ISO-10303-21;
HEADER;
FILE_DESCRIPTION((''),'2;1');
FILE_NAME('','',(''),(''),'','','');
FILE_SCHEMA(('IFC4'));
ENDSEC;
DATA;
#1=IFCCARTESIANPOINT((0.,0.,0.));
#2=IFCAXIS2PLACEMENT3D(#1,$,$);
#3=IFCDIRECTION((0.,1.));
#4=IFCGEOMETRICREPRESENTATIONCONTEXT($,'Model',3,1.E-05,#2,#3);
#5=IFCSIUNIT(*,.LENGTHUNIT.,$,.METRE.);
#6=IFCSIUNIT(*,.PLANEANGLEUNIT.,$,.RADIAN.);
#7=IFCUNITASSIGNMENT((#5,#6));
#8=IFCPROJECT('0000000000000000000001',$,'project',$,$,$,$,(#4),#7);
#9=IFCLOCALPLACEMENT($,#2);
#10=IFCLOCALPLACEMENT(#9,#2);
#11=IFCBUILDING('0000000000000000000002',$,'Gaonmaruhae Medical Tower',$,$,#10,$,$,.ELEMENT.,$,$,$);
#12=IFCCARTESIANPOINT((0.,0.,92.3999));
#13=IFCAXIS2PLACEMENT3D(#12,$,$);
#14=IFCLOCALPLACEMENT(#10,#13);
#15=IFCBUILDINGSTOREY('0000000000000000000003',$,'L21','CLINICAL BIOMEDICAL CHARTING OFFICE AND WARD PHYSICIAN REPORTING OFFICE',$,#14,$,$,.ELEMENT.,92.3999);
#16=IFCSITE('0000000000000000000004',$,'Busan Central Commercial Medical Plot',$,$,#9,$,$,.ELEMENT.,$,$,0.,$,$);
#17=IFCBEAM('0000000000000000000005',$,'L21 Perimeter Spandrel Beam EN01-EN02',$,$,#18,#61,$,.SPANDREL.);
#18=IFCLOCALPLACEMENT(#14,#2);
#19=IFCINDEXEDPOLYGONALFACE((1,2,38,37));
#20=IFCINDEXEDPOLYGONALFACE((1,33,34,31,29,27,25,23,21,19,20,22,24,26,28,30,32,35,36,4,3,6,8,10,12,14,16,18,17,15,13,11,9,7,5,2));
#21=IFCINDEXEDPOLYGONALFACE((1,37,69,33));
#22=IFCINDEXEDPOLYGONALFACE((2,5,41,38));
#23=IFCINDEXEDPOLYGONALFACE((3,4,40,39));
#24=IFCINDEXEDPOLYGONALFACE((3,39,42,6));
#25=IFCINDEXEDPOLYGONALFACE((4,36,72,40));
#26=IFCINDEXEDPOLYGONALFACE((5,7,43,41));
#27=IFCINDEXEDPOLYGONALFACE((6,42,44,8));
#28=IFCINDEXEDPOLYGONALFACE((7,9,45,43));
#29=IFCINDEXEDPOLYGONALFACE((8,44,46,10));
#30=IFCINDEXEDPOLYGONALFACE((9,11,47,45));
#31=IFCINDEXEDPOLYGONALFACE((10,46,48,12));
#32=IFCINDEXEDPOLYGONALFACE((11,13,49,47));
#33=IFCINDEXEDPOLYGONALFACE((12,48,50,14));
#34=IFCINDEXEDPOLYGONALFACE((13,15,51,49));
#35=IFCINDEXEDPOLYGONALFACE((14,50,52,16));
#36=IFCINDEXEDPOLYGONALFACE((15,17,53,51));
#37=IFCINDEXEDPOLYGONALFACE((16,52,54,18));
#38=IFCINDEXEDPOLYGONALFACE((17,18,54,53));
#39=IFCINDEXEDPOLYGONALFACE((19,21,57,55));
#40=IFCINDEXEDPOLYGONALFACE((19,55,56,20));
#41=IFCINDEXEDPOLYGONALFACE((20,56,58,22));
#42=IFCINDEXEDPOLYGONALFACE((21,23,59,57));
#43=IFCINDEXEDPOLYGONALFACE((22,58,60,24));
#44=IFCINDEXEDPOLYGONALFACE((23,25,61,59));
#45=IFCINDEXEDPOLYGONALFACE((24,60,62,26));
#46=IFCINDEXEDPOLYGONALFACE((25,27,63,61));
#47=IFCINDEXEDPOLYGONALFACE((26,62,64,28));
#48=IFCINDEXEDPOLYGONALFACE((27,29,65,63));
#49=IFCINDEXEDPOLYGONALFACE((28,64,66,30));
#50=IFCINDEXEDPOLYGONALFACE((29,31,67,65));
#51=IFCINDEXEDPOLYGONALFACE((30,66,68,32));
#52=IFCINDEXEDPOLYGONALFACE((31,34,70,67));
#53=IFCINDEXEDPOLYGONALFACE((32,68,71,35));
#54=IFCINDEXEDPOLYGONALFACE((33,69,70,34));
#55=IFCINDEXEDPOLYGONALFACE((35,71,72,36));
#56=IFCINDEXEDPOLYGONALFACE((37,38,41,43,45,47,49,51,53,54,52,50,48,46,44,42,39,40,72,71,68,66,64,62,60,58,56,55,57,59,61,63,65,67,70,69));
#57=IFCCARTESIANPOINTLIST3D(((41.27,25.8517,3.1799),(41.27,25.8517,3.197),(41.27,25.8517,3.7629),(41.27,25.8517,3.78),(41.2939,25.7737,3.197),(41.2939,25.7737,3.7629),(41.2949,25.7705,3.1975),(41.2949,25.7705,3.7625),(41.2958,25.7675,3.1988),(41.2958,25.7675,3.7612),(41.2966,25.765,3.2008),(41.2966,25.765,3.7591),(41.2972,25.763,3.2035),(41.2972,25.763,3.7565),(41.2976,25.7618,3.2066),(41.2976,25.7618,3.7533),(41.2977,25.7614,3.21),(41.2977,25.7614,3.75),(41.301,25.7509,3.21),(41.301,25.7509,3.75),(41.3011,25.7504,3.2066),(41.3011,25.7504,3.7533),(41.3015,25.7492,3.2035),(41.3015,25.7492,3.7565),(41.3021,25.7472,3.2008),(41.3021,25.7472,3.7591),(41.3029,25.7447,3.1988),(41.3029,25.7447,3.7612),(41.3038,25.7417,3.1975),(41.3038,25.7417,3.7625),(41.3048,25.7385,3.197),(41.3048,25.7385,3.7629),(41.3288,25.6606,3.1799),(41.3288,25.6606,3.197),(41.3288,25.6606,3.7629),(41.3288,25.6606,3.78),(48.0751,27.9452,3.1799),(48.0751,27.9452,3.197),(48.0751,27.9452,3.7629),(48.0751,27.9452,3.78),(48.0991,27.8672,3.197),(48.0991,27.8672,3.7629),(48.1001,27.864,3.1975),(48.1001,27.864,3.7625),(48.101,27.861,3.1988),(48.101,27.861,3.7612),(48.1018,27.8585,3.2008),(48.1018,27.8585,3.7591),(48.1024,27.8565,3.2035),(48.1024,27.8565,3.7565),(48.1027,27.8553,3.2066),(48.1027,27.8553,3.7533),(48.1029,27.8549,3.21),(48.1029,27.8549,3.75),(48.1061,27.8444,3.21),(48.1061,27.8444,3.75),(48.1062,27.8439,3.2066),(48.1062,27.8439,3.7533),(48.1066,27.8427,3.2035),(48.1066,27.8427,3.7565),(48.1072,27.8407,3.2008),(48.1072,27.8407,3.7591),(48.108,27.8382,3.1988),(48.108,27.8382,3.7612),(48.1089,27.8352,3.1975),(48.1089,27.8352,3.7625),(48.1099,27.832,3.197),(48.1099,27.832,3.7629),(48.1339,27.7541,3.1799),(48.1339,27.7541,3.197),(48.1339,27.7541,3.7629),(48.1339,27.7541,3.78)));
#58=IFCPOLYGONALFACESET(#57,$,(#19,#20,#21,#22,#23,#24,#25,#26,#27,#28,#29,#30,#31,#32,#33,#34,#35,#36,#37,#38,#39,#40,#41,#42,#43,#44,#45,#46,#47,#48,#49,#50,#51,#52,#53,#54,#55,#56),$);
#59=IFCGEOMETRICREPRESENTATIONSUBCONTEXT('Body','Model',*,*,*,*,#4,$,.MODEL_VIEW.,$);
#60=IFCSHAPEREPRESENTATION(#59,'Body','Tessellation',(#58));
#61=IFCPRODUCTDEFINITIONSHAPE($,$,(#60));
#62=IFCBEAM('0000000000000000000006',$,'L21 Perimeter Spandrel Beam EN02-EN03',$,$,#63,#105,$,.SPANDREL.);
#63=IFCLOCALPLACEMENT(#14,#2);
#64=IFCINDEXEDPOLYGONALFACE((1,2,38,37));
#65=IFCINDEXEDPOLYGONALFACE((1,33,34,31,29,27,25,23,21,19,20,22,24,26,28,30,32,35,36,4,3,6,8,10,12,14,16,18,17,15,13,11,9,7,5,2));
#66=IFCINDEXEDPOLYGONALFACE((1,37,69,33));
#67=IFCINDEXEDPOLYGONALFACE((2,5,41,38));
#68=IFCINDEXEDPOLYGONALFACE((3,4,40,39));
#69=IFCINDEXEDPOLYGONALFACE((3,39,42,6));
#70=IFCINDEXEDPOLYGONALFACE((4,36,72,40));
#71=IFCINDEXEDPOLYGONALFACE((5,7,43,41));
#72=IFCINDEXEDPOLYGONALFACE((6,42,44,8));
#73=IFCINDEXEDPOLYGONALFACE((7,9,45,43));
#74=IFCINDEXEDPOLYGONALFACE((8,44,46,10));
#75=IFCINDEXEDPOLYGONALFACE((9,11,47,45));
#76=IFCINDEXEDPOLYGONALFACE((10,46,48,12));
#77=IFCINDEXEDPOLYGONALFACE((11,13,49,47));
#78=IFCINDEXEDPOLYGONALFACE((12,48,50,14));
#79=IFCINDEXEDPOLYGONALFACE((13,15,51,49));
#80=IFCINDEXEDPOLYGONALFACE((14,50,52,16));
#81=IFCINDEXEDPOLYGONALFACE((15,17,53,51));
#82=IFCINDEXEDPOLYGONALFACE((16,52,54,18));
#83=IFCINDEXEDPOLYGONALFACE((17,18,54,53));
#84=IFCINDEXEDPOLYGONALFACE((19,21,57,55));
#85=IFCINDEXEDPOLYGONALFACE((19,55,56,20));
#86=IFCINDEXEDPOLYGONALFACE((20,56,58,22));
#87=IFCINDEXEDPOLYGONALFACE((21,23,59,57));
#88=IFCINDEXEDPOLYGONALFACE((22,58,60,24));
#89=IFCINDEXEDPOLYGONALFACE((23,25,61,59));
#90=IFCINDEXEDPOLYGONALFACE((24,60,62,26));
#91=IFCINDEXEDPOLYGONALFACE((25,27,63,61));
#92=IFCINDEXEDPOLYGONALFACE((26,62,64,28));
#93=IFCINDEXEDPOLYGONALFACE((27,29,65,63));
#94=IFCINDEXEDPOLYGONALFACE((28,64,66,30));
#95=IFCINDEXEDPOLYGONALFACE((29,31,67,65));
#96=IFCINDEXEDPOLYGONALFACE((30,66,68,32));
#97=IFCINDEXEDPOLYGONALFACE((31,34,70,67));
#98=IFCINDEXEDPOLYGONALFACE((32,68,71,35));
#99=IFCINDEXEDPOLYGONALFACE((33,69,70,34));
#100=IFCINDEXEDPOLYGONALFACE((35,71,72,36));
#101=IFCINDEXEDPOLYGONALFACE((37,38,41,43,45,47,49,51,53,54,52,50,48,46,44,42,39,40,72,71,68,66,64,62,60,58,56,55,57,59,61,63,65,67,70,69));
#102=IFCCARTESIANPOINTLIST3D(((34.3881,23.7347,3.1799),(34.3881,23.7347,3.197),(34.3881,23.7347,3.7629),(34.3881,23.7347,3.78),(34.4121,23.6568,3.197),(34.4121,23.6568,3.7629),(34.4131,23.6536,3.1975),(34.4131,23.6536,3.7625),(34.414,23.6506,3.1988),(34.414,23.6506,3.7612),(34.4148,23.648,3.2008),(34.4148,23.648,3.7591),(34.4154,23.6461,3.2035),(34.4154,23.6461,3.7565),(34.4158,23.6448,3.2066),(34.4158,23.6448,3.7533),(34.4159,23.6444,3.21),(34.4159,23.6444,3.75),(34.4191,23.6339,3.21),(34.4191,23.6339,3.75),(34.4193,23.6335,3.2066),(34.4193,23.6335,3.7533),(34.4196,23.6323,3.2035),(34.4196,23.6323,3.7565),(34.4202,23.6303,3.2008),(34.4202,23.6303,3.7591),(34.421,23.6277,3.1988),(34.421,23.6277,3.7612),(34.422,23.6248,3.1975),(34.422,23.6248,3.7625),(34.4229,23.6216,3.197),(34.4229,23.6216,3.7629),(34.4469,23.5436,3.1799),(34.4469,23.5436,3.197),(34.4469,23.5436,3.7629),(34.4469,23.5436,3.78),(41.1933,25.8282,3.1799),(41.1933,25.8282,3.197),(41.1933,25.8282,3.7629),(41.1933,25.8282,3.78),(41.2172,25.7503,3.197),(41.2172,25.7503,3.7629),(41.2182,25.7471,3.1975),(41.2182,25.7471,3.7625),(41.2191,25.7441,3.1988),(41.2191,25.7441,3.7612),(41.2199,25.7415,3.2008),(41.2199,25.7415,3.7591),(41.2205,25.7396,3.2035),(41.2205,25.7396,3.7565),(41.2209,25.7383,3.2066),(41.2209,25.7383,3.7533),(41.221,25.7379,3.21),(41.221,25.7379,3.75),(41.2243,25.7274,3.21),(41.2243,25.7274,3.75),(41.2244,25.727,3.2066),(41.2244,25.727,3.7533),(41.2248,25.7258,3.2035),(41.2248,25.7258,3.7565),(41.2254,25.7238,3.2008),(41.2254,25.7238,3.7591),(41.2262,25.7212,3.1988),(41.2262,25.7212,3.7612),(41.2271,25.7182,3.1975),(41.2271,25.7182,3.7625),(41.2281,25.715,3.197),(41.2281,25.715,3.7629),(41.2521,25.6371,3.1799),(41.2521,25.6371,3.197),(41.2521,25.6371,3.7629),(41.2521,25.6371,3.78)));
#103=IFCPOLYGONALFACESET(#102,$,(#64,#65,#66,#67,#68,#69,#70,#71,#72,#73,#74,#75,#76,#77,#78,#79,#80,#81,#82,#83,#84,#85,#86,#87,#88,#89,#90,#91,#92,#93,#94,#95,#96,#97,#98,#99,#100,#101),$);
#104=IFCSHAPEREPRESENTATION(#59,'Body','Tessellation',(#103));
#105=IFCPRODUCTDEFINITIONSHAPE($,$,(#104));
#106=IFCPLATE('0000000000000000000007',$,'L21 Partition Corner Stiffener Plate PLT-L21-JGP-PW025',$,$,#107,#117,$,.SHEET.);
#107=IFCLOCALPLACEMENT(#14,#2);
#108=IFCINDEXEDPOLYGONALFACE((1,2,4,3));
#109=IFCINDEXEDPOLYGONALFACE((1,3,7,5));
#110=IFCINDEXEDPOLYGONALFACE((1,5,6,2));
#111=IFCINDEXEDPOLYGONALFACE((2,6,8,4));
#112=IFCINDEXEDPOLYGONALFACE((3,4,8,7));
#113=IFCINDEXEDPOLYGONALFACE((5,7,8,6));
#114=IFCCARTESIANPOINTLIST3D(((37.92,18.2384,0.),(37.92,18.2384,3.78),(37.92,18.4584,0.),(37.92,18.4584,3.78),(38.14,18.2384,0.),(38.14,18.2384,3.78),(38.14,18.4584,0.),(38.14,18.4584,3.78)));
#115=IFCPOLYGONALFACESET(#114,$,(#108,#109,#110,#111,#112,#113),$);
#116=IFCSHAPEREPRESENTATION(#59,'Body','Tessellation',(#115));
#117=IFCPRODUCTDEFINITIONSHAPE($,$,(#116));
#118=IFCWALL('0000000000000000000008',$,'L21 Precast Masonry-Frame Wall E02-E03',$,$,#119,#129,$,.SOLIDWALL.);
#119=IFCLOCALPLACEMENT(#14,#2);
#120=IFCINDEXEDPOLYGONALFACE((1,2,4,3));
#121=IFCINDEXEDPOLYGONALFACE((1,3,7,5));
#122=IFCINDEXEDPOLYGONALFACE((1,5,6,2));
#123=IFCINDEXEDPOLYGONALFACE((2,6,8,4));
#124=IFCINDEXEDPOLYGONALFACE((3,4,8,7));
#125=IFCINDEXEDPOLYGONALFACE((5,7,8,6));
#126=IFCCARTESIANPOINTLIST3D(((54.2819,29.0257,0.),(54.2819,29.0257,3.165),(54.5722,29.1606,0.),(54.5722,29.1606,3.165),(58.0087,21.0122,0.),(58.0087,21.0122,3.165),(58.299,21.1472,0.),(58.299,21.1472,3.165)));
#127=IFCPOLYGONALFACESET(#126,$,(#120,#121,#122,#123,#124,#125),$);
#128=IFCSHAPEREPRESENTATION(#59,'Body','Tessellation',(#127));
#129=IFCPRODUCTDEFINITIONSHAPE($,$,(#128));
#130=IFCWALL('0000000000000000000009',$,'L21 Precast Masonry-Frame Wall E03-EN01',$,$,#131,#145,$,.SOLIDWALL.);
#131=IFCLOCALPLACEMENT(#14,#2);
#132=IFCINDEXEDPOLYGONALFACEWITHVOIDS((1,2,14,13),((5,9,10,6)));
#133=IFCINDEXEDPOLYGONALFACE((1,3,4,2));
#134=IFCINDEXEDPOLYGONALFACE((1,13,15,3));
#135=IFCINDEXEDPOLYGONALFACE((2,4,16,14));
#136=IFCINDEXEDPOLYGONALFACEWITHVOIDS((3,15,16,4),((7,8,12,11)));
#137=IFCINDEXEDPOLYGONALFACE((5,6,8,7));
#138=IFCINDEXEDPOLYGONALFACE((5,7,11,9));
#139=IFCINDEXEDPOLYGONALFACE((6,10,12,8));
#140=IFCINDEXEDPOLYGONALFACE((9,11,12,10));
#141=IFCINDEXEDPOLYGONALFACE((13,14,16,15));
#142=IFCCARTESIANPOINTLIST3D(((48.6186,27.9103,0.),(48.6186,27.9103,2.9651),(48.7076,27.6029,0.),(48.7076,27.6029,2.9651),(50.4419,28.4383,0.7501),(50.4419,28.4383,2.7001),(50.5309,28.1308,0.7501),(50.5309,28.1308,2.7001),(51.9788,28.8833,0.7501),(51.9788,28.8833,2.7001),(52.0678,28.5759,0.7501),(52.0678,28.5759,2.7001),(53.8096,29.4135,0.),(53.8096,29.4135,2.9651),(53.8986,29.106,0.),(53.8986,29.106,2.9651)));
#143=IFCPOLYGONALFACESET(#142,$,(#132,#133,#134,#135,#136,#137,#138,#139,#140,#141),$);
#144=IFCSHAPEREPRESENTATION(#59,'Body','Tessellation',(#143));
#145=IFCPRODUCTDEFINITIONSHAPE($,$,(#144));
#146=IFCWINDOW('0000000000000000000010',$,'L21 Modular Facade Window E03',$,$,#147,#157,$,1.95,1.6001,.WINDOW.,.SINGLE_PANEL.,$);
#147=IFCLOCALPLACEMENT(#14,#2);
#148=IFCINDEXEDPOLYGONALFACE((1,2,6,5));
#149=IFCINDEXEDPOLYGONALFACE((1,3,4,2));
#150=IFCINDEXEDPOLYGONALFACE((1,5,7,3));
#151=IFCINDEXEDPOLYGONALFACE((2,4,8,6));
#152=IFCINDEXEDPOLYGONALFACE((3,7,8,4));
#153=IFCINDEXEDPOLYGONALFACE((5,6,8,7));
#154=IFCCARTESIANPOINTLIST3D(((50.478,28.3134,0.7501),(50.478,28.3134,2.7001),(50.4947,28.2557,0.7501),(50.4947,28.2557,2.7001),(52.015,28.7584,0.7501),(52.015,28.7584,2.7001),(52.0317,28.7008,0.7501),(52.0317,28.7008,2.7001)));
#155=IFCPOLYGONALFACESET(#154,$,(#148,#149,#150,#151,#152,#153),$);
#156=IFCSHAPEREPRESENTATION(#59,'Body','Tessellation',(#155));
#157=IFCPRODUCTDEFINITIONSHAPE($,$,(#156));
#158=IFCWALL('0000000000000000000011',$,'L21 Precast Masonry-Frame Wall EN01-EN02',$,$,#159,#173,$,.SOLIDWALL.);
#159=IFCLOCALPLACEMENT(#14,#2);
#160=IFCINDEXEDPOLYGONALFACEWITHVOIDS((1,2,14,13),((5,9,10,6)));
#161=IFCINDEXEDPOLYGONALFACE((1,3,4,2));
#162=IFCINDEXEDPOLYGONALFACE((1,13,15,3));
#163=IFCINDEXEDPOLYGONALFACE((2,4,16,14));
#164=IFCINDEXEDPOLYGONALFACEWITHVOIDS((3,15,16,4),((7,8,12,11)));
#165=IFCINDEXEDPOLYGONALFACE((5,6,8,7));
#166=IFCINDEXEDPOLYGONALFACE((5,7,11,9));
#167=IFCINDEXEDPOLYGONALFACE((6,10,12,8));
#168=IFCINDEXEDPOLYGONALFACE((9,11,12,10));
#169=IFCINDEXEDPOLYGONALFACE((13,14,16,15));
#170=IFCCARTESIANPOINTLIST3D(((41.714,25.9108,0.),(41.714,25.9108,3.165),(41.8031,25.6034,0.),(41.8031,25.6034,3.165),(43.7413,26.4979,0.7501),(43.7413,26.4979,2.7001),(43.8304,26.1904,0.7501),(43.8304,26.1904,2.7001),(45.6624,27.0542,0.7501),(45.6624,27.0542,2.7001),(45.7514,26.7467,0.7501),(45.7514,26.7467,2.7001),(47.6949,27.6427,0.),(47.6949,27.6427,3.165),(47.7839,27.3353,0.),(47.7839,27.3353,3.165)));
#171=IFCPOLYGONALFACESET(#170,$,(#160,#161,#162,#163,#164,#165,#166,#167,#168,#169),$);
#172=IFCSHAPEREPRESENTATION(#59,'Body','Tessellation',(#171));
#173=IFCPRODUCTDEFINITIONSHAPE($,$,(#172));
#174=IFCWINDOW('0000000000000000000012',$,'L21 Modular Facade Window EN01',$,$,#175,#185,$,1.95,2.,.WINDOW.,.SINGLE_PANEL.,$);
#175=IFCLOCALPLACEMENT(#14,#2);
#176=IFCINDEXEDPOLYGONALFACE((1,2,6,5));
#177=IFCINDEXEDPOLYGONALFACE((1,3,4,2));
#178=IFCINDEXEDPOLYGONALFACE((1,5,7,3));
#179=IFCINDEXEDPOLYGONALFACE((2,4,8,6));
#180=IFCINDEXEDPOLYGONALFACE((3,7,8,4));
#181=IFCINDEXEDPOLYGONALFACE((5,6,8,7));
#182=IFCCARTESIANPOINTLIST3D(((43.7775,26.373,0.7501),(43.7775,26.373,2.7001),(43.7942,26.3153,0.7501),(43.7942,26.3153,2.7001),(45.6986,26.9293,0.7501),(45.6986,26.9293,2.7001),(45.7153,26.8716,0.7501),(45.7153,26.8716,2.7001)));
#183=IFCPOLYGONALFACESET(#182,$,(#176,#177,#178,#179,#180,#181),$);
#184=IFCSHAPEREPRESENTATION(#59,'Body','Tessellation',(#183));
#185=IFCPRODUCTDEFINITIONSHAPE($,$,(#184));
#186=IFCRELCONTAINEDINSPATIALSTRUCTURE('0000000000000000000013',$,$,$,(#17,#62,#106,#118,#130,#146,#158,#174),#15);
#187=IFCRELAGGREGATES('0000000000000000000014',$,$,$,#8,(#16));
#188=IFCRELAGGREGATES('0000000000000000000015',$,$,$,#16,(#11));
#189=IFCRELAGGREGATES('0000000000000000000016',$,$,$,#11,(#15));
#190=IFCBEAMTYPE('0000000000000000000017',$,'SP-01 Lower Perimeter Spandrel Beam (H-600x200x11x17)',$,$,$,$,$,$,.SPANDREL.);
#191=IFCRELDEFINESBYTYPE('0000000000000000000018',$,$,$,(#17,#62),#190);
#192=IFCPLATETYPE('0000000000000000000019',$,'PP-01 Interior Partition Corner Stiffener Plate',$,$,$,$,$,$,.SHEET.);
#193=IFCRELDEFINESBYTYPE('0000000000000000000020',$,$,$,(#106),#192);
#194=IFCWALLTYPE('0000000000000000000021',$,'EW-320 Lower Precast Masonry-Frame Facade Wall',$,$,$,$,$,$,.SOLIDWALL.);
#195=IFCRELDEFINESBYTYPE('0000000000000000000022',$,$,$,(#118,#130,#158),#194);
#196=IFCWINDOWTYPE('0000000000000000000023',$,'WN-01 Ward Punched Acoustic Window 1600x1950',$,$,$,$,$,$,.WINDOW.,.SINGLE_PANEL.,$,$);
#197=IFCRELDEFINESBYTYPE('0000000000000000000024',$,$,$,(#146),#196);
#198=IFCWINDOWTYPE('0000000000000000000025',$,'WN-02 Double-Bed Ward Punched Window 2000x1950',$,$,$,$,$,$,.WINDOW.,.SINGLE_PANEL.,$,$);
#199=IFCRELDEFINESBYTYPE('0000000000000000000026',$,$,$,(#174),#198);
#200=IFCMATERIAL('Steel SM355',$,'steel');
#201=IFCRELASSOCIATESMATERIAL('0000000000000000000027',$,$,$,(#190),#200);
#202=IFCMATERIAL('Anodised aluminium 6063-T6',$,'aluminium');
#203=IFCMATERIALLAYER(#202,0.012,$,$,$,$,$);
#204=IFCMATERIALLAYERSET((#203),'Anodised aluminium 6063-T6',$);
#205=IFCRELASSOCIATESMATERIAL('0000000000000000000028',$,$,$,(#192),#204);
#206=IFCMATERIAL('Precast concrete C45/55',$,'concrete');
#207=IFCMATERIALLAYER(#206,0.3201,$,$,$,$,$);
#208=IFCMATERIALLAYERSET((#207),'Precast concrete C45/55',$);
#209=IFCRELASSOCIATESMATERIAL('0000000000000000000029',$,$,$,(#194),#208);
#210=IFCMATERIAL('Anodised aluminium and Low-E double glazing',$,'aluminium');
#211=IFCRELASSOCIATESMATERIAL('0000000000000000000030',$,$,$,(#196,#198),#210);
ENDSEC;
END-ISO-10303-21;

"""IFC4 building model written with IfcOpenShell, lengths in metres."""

from ifc_helpers import new_model, si_unit, direction, frame, frame_2d, origin, origin_2d, place, context, subcontext, project, spatial, rectangle, i_section, extrude, material, layer, layer_set, material_profile, profile_set, type_object, element, fill, save


model = new_model("IFC4")

# Units and contexts
model_context = context("Model", 3, precision=1e-05, world=origin(), true_north=direction((0.0, 1.0)))
body_context = subcontext(model_context, "Body", "Model", "MODEL_VIEW")
ifc_project = project(units=[si_unit("LENGTHUNIT", "METRE"), si_unit("PLANEANGLEUNIT", "RADIAN")], contexts=[model_context])

# Site, building, storey
site_placement = place(None, origin())
site = spatial("IfcSite", under=ifc_project, at=site_placement, Name="Busan Central Commercial Medical Plot", CompositionType="ELEMENT", RefElevation=0.0)
building_placement = place(site_placement, origin())
building = spatial("IfcBuilding", under=site, at=building_placement, Name="Gaonmaruhae Medical Tower", CompositionType="ELEMENT")
storey_placement = place(building_placement, frame((0.0, 0.0, 92.3999)))
storey = spatial("IfcBuildingStorey", under=building, at=storey_placement, Name="L21", Description="CLINICAL BIOMEDICAL CHARTING OFFICE AND WARD PHYSICIAN REPORTING OFFICE", CompositionType="ELEMENT", Elevation=92.3999)

# Beams
ifc_material_1 = material(Name="Steel SM355", Category="steel")
ifc_material_profile_1 = material_profile(ifc_material_1, i_section(OverallWidth=0.2, OverallDepth=0.6001, WebThickness=0.011, FlangeThickness=0.0171, FilletRadius=0.0129, at=origin_2d()), Name="H-600x200x11x17")
ifc_profile_set_1 = profile_set([ifc_material_profile_1], Name="Steel SM355")
beam_type_1 = type_object("IfcBeamType", Name="SP-01 Lower Perimeter Spandrel Beam (H-600x200x11x17)", PredefinedType="SPANDREL", material=ifc_profile_set_1)
for number, where, z_axis, x_axis, name in (
    (1, (48.1045, 27.8496, 3.48), (-0.955795, -0.294035, 0.0), (0.294035, -0.955795, 0.0), "L21 Perimeter Spandrel Beam EN01-EN02"),
    (2, (41.2227, 25.7327, 3.48), (-0.955795, -0.294035, 0.0), (0.294035, -0.955795, 0.0), "L21 Perimeter Spandrel Beam EN02-EN03"),
):
    element("IfcBeam", number, at=place(storey_placement, frame(where, z_axis=z_axis, x_axis=x_axis)), inside=storey, type_object=beam_type_1, Name=name, PredefinedType="SPANDREL", context=body_context, shape_type="SweptSolid", body=[
        extrude(i_section(OverallWidth=0.2, OverallDepth=0.6001, WebThickness=0.011, FlangeThickness=0.0171, FilletRadius=0.0129, at=origin_2d()), origin(), (0.0, 0.0, 1.0), 7.1199),
    ])

# Plate
ifc_material_2 = material(Name="Anodised aluminium 6063-T6", Category="aluminium")
ifc_layer_1 = layer(ifc_material_2, 0.012)
ifc_layer_set_1 = layer_set([ifc_layer_1], Name="Anodised aluminium 6063-T6")
plate_type = type_object("IfcPlateType", Name="PP-01 Interior Partition Corner Stiffener Plate", PredefinedType="SHEET", material=ifc_layer_set_1)
plate_placement = place(storey_placement, frame((38.03, 18.3484, 0.0), z_axis=(0.0, 0.0, 1.0), x_axis=(0.0, 1.0, 0.0)))
element("IfcPlate", 3, at=plate_placement, inside=storey, type_object=plate_type, Name="L21 Partition Corner Stiffener Plate PLT-L21-JGP-PW025", PredefinedType="SHEET", context=body_context, shape_type="SweptSolid", body=[
    extrude(rectangle(XDim=0.22, YDim=0.22, at=origin_2d()), origin(), (0.0, 0.0, 1.0), 3.78),
])

# Wall
ifc_material_3 = material(Name="Precast concrete C45/55", Category="concrete")
ifc_layer_2 = layer(ifc_material_3, 0.3201)
ifc_layer_set_2 = layer_set([ifc_layer_2], Name="Precast concrete C45/55")
wall_type_1 = type_object("IfcWallType", Name="EW-320 Lower Precast Masonry-Frame Facade Wall", PredefinedType="SOLIDWALL", material=ifc_layer_set_2)
wall_1_placement = place(storey_placement, frame((54.427, 29.0933, 0.0), z_axis=(0.0, 0.0, 1.0), x_axis=(0.421696, -0.906737, 0.0)))
element("IfcWall", 4, at=wall_1_placement, inside=storey, type_object=wall_type_1, Name="L21 Precast Masonry-Frame Wall E02-E03", PredefinedType="SOLIDWALL", context=body_context, shape_type="SweptSolid", body=[
    extrude(rectangle(XDim=8.8376, YDim=0.3201, at=frame_2d((4.4189, 0.0))), origin(), (0.0, 0.0, 1.0), 3.165),
])

# Walls, openings, windows
wall_2_placement = place(storey_placement, frame((48.6631, 27.7566, 0.0), z_axis=(0.0, 0.0, 1.0), x_axis=(0.960541, 0.278138, 0.0)))
wall_2 = element("IfcWall", 5, at=wall_2_placement, inside=storey, type_object=wall_type_1, Name="L21 Precast Masonry-Frame Wall E03-EN01", PredefinedType="SOLIDWALL", context=body_context, shape_type="SweptSolid", body=[
    extrude(rectangle(XDim=5.4043, YDim=0.3201, at=frame_2d((2.7021, 0.0))), origin(), (0.0, 0.0, 1.0), 2.9651),
])
opening_1_placement = place(wall_2_placement, frame((1.8982, 0.0, 0.75)))
opening_1 = element("IfcOpeningElement", 6, at=opening_1_placement, cuts=wall_2, PredefinedType="OPENING", context=body_context, shape_type="SweptSolid", body=[
    extrude(rectangle(XDim=1.6001, YDim=1.95, at=frame_2d((0.8, 0.9751))), frame((0.0, 0.1699, 0.0), z_axis=(0.0, -1.0, 0.0), x_axis=(1.0, 0.0, 0.0)), (0.0, 0.0, 1.0), 0.3401),
])
ifc_material_4 = material(Name="Anodised aluminium and Low-E double glazing", Category="aluminium")
window_type_1 = type_object("IfcWindowType", Name="WN-01 Ward Punched Acoustic Window 1600x1950", PartitioningType="SINGLE_PANEL", PredefinedType="WINDOW", material=ifc_material_4)
window_1_placement = place(opening_1_placement, origin())
window_1 = element("IfcWindow", 7, at=window_1_placement, inside=storey, type_object=window_type_1, Name="L21 Modular Facade Window E03", OverallHeight=1.95, OverallWidth=1.6001, PartitioningType="SINGLE_PANEL", PredefinedType="WINDOW", context=body_context, shape_type="SweptSolid", body=[
    extrude(rectangle(XDim=1.6001, YDim=1.95, at=frame_2d((0.8, 0.9751))), frame((0.0, 0.03, 0.0), z_axis=(0.0, -1.0, 0.0), x_axis=(1.0, 0.0, 0.0)), (0.0, 0.0, 1.0), 0.0601),
])
fill(opening_1, window_1)
wall_3_placement = place(storey_placement, frame((41.7585, 25.7571, 0.0), z_axis=(0.0, 0.0, 1.0), x_axis=(0.960538, 0.278148, 0.0)))
wall_3 = element("IfcWall", 8, at=wall_3_placement, inside=storey, type_object=wall_type_1, Name="L21 Precast Masonry-Frame Wall EN01-EN02", PredefinedType="SOLIDWALL", context=body_context, shape_type="SweptSolid", body=[
    extrude(rectangle(XDim=6.2266, YDim=0.3201, at=frame_2d((3.1133, 0.0))), origin(), (0.0, 0.0, 1.0), 3.165),
])
opening_2_placement = place(wall_3_placement, frame((2.1106, 0.0, 0.75)))
opening_2 = element("IfcOpeningElement", 9, at=opening_2_placement, cuts=wall_3, PredefinedType="OPENING", context=body_context, shape_type="SweptSolid", body=[
    extrude(rectangle(XDim=2.0, YDim=1.95, at=frame_2d((1.0, 0.9751))), frame((0.0, 0.1699, 0.0), z_axis=(0.0, -1.0, 0.0), x_axis=(1.0, 0.0, 0.0)), (0.0, 0.0, 1.0), 0.3401),
])
window_type_2 = type_object("IfcWindowType", Name="WN-02 Double-Bed Ward Punched Window 2000x1950", PartitioningType="SINGLE_PANEL", PredefinedType="WINDOW", material=ifc_material_4)
window_2_placement = place(opening_2_placement, origin())
window_2 = element("IfcWindow", 10, at=window_2_placement, inside=storey, type_object=window_type_2, Name="L21 Modular Facade Window EN01", OverallHeight=1.95, OverallWidth=2.0, PartitioningType="SINGLE_PANEL", PredefinedType="WINDOW", context=body_context, shape_type="SweptSolid", body=[
    extrude(rectangle(XDim=2.0, YDim=1.95, at=frame_2d((1.0, 0.9751))), frame((0.0, 0.03, 0.0), z_axis=(0.0, -1.0, 0.0), x_axis=(1.0, 0.0, 0.0)), (0.0, 0.0, 1.0), 0.0601),
])
fill(opening_2, window_2)

save(model, "model.ifc")
